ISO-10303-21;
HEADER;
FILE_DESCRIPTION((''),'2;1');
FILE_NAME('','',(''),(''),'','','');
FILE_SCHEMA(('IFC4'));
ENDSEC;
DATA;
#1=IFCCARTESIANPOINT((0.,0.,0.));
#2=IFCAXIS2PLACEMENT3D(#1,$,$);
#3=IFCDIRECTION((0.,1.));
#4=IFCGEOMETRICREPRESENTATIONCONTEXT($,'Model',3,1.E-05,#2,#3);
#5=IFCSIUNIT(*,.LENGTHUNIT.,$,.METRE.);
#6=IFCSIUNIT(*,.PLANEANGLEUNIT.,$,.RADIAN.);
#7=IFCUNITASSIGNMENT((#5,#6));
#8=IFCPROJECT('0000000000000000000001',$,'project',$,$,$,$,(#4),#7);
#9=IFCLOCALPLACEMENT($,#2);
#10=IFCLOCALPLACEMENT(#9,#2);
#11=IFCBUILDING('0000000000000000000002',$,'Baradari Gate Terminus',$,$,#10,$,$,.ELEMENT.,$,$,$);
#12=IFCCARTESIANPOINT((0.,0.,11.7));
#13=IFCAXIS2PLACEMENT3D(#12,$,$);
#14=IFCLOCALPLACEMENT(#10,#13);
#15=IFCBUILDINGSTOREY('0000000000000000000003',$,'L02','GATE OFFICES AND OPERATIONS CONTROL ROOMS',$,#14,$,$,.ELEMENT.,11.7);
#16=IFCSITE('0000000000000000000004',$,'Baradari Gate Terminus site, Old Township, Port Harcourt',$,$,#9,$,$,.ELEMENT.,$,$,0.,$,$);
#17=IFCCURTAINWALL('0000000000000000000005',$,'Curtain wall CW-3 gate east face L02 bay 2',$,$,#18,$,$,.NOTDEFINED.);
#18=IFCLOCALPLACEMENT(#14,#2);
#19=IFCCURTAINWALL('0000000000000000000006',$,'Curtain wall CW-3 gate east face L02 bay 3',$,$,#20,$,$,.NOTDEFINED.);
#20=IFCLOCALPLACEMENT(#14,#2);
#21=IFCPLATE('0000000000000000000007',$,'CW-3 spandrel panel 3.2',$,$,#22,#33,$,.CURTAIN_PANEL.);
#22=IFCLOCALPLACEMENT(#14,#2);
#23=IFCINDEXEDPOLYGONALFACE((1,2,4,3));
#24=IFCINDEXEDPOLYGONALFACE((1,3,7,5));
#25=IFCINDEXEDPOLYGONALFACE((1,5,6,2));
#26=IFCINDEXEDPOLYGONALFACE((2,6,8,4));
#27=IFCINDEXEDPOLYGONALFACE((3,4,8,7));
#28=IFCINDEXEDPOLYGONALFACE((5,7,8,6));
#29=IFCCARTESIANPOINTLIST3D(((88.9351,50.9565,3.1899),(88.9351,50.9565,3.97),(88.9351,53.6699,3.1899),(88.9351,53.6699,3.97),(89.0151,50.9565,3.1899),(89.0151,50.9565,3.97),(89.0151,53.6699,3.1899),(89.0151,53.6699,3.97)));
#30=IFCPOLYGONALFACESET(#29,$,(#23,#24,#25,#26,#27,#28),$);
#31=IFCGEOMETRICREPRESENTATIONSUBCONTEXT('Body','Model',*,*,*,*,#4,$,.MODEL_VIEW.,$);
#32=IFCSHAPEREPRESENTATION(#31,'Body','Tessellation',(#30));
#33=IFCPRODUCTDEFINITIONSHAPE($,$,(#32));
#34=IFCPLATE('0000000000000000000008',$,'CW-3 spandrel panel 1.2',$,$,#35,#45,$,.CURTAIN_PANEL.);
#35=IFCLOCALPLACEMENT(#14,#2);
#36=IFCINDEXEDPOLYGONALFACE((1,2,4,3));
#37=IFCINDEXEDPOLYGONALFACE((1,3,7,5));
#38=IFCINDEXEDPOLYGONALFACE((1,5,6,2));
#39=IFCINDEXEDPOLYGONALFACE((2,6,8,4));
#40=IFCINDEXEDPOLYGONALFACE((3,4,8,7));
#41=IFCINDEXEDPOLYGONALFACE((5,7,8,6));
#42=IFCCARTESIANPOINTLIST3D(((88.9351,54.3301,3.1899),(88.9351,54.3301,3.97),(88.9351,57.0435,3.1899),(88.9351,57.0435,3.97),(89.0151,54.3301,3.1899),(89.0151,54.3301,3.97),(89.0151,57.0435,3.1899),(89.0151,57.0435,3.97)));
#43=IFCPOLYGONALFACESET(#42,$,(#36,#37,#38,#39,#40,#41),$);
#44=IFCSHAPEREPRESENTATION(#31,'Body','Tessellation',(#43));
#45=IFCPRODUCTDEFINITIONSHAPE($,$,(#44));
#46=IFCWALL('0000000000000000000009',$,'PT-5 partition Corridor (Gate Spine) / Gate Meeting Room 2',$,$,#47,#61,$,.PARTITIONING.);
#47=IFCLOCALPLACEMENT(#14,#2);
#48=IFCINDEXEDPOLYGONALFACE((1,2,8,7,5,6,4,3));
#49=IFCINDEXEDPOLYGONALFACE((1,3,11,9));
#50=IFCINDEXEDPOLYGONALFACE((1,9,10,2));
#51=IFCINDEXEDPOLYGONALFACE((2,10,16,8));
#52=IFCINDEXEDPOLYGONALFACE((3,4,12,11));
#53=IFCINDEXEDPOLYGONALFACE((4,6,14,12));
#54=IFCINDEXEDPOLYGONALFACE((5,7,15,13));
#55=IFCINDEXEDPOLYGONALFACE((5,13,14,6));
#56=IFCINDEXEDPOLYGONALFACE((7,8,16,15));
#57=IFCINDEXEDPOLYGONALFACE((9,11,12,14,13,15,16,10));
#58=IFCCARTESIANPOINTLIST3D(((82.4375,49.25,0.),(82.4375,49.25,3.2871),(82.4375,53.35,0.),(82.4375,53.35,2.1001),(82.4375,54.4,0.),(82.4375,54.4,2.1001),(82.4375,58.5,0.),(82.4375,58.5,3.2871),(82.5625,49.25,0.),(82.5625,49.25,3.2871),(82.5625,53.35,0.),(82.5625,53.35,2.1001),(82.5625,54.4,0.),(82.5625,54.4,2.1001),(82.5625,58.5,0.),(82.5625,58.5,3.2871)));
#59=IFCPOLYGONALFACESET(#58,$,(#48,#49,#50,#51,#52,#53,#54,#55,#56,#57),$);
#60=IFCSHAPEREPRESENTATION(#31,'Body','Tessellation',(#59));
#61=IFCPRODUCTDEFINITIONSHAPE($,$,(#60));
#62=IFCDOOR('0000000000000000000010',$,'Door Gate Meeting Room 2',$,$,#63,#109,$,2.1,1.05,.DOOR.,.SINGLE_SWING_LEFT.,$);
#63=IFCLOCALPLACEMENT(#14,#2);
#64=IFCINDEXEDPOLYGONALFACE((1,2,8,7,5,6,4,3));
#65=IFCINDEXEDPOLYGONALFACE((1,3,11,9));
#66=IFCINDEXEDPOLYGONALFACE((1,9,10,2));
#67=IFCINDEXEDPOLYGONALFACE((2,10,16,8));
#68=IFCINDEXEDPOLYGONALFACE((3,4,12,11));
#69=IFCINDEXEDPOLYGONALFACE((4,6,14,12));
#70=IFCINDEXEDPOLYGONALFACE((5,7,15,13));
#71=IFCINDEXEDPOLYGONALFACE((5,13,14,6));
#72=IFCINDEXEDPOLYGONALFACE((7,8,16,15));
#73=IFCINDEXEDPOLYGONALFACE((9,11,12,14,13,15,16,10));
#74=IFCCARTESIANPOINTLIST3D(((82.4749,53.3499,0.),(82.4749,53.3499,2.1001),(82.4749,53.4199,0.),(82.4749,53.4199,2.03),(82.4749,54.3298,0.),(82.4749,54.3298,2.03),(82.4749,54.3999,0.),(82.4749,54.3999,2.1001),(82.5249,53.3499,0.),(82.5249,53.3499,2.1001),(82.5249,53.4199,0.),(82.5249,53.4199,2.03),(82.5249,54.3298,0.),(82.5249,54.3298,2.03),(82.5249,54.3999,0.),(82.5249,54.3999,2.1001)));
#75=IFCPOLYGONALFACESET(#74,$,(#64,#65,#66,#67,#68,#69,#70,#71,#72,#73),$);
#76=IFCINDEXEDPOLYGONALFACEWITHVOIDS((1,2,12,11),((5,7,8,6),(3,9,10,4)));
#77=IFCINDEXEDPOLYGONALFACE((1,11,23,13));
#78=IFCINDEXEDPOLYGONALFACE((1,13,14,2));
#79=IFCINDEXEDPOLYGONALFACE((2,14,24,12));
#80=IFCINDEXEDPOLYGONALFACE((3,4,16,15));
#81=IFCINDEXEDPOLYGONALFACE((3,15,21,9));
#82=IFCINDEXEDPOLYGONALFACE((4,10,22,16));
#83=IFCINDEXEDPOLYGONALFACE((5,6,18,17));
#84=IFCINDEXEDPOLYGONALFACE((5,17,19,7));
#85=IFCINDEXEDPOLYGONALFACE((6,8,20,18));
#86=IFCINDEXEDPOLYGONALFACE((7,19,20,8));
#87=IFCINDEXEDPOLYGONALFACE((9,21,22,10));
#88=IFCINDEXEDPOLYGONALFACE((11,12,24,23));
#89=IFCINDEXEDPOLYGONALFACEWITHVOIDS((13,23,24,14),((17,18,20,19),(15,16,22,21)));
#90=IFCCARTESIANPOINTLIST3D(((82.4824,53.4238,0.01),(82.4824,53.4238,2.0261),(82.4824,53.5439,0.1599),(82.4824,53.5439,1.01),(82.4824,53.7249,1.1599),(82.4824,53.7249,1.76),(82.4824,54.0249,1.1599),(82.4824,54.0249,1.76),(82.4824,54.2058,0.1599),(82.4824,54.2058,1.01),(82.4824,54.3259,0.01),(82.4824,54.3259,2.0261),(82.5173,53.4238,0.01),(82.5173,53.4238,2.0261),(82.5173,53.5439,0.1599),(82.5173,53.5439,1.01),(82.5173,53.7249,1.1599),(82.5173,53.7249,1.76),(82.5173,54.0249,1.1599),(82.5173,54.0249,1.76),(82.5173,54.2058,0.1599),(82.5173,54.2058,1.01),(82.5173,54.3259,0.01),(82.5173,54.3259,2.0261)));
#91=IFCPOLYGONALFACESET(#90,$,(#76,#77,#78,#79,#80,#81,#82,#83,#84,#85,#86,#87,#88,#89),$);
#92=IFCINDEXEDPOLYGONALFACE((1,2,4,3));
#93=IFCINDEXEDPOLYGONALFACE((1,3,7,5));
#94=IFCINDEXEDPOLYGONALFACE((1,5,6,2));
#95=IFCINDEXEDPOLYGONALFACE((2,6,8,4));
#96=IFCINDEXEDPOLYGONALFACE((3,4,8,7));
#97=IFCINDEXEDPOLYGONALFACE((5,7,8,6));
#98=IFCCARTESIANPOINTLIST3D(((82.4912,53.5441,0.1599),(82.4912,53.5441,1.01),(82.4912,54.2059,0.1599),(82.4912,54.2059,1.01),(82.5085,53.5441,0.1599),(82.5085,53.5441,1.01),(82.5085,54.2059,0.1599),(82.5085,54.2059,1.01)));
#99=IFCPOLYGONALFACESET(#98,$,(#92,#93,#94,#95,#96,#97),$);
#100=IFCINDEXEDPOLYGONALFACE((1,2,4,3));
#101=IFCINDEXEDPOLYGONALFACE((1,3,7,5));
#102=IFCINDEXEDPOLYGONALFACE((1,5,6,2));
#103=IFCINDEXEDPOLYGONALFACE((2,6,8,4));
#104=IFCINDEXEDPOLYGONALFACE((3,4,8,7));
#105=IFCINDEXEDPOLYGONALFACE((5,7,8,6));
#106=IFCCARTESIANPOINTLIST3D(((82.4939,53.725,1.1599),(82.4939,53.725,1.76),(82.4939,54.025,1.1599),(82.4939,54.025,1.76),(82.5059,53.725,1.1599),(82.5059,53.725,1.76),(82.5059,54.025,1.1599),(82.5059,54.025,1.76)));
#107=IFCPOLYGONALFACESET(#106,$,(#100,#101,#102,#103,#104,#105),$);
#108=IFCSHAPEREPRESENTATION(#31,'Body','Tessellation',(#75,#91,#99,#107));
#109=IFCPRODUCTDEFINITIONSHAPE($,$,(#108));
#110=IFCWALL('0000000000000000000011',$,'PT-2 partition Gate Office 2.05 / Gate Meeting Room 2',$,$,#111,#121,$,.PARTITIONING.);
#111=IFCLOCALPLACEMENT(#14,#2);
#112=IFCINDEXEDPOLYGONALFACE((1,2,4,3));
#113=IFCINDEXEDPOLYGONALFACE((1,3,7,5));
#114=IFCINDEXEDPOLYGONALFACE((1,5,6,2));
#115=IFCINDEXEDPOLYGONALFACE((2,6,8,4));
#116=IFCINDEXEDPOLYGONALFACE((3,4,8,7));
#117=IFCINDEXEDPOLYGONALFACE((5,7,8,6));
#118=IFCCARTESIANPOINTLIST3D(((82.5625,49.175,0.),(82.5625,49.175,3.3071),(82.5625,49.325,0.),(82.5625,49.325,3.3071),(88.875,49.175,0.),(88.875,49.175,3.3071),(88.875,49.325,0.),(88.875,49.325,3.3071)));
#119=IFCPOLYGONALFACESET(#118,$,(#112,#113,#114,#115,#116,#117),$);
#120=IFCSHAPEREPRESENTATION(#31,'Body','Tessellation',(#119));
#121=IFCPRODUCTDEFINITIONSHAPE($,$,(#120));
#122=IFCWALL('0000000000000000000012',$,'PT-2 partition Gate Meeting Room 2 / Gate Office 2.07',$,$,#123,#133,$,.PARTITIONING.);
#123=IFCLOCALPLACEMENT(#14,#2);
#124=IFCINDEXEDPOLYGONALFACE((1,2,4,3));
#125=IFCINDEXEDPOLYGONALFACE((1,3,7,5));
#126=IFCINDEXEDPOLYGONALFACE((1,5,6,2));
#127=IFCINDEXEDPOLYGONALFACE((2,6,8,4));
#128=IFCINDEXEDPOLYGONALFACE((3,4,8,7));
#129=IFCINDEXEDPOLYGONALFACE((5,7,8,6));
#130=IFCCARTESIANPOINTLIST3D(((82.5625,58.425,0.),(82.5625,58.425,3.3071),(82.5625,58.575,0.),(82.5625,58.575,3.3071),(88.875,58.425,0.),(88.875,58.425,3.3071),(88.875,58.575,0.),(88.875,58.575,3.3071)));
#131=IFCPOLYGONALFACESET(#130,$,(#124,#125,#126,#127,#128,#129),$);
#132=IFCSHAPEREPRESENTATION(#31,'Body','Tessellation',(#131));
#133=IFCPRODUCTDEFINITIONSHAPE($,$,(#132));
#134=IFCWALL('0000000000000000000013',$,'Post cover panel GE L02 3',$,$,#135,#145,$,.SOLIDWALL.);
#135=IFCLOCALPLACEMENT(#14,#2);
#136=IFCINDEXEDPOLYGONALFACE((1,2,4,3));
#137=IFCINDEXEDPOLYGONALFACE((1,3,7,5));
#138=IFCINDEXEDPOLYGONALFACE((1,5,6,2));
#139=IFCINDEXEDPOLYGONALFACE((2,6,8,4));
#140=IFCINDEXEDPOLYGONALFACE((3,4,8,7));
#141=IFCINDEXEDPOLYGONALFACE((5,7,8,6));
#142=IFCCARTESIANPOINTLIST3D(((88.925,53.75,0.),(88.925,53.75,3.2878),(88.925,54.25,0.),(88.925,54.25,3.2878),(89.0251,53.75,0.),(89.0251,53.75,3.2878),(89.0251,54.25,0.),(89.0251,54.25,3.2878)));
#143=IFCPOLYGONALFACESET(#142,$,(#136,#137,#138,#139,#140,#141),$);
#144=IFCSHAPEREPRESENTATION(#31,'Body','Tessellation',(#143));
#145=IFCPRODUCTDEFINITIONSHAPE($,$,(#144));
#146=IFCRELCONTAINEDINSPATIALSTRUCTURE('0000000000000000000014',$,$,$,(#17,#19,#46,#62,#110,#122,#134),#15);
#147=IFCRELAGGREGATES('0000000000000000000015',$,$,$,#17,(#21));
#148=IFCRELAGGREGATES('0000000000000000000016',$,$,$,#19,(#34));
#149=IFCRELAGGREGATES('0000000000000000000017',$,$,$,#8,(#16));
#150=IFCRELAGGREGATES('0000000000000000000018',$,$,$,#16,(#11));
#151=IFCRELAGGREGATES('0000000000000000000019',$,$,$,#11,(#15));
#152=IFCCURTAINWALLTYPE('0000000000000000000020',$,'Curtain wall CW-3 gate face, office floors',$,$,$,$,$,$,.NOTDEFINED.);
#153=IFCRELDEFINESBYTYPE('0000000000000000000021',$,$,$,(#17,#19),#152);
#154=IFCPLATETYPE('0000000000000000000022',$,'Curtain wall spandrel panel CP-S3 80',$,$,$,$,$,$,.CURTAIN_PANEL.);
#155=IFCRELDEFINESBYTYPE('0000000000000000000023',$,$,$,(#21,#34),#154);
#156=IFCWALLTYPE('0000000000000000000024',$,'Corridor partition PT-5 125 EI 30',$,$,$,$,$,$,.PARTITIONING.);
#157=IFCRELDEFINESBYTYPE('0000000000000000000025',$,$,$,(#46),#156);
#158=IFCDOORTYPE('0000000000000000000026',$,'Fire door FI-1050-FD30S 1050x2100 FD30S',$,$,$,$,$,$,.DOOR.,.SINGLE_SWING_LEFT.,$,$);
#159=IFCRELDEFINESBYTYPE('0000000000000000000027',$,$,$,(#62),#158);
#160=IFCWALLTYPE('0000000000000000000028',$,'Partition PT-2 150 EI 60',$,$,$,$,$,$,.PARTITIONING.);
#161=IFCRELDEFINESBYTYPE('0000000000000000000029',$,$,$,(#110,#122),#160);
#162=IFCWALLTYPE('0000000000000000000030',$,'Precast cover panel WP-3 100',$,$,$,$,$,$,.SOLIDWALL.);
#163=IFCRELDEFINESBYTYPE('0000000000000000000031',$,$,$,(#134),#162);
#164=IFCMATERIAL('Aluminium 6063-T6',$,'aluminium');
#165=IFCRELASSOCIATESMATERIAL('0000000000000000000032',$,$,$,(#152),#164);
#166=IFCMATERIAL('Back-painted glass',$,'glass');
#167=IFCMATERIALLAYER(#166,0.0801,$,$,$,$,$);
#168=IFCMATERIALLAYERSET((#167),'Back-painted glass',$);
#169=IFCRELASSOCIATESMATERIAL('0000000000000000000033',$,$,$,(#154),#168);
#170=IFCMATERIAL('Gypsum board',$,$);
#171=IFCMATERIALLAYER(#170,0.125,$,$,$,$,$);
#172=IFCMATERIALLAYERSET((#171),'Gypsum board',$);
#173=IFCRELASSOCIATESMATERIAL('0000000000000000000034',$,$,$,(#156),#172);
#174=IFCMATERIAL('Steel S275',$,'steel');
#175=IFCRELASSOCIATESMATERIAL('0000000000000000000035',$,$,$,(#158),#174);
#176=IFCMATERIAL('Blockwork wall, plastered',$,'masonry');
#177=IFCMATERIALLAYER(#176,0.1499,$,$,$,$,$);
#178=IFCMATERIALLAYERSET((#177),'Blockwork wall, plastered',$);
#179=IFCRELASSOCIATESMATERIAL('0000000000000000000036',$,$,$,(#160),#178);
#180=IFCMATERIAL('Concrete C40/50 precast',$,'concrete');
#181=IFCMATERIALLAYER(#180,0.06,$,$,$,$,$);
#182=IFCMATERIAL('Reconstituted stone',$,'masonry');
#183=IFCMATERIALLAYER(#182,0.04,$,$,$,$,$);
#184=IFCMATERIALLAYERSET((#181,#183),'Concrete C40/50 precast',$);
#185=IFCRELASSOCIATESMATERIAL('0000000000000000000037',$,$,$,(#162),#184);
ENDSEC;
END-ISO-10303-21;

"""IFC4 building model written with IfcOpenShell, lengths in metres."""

from ifc_helpers import new_model, si_unit, direction, frame, frame_2d, origin, origin_2d, place, context, subcontext, project, spatial, polyline, rectangle, outline, extrude, material, layer, layer_set, type_object, element, fill, aggregate, save


model = new_model("IFC4")

# Units and contexts
model_context = context("Model", 3, precision=1e-05, world=origin(), true_north=direction((0.0, 1.0)))
body_context = subcontext(model_context, "Body", "Model", "MODEL_VIEW")
ifc_project = project(units=[si_unit("LENGTHUNIT", "METRE"), si_unit("PLANEANGLEUNIT", "RADIAN")], contexts=[model_context])

# Site, building, storey
site_placement = place(None, origin())
site = spatial("IfcSite", under=ifc_project, at=site_placement, Name="Baradari Gate Terminus site, Old Township, Port Harcourt", CompositionType="ELEMENT", RefElevation=0.0)
building_placement = place(site_placement, origin())
building = spatial("IfcBuilding", under=site, at=building_placement, Name="Baradari Gate Terminus", CompositionType="ELEMENT")
storey_placement = place(building_placement, frame((0.0, 0.0, 11.7)))
storey = spatial("IfcBuildingStorey", under=building, at=storey_placement, Name="L02", Description="GATE OFFICES AND OPERATIONS CONTROL ROOMS", CompositionType="ELEMENT", Elevation=11.7)

# Curtain walls
ifc_material_1 = material(Name="Aluminium 6063-T6", Category="aluminium")
curtain_wall_type = type_object("IfcCurtainWallType", Name="Curtain wall CW-3 gate face, office floors", PredefinedType="NOTDEFINED", material=ifc_material_1)
curtain_wall_1_placement = place(storey_placement, origin())
curtain_wall_1 = element("IfcCurtainWall", 1, at=curtain_wall_1_placement, inside=storey, type_object=curtain_wall_type, Name="Curtain wall CW-3 gate east face L02 bay 2", PredefinedType="NOTDEFINED")
curtain_wall_2_placement = place(storey_placement, origin())
curtain_wall_2 = element("IfcCurtainWall", 2, at=curtain_wall_2_placement, inside=storey, type_object=curtain_wall_type, Name="Curtain wall CW-3 gate east face L02 bay 3", PredefinedType="NOTDEFINED")

# Plates
ifc_material_2 = material(Name="Back-painted glass", Category="glass")
ifc_layer_1 = layer(ifc_material_2, 0.0801)
ifc_layer_set_1 = layer_set([ifc_layer_1], Name="Back-painted glass")
plate_type_1 = type_object("IfcPlateType", Name="Curtain wall spandrel panel CP-S3 80", PredefinedType="CURTAIN_PANEL", material=ifc_layer_set_1)
plate_1_placement = place(storey_placement, frame((88.9751, 52.3132, 3.1899), z_axis=(0.0, 0.0, 1.0), x_axis=(0.0, 1.0, 0.0)))
plate_1 = element("IfcPlate", 3, at=plate_1_placement, type_object=plate_type_1, Name="CW-3 spandrel panel 3.2", PredefinedType="CURTAIN_PANEL", context=body_context, shape_type="SweptSolid", body=[
    extrude(rectangle(XDim=2.7134, YDim=0.0801, at=origin_2d()), origin(), (0.0, 0.0, 1.0), 0.78),
])
aggregate(curtain_wall_1, [plate_1])
plate_2_placement = place(storey_placement, frame((88.9751, 55.6868, 3.1899), z_axis=(0.0, 0.0, 1.0), x_axis=(0.0, 1.0, 0.0)))
plate_2 = element("IfcPlate", 4, at=plate_2_placement, type_object=plate_type_1, Name="CW-3 spandrel panel 1.2", PredefinedType="CURTAIN_PANEL", context=body_context, shape_type="SweptSolid", body=[
    extrude(rectangle(XDim=2.7134, YDim=0.0801, at=origin_2d()), origin(), (0.0, 0.0, 1.0), 0.78),
])
aggregate(curtain_wall_2, [plate_2])

# Wall, opening, door
ifc_material_3 = material(Name="Gypsum board")
ifc_layer_2 = layer(ifc_material_3, 0.125)
ifc_layer_set_2 = layer_set([ifc_layer_2], Name="Gypsum board")
wall_type_1 = type_object("IfcWallType", Name="Corridor partition PT-5 125 EI 30", PredefinedType="PARTITIONING", material=ifc_layer_set_2)
wall_1_placement = place(storey_placement, frame((82.5, 58.5, 0.0), z_axis=(0.0, 0.0, 1.0), x_axis=(0.0, -1.0, 0.0)))
wall_1 = element("IfcWall", 5, at=wall_1_placement, inside=storey, type_object=wall_type_1, Name="PT-5 partition Corridor (Gate Spine) / Gate Meeting Room 2", PredefinedType="PARTITIONING", context=body_context, shape_type="SweptSolid", body=[
    extrude(rectangle(XDim=9.25, YDim=0.125, at=frame_2d((4.625, 0.0))), origin(), (0.0, 0.0, 1.0), 3.2871),
])
opening_placement = place(wall_1_placement, frame((4.1001, 0.0, 0.0)))
opening = element("IfcOpeningElement", 6, at=opening_placement, cuts=wall_1, PredefinedType="OPENING", context=body_context, shape_type="SweptSolid", body=[
    extrude(rectangle(XDim=1.05, YDim=2.1001, at=frame_2d((0.5249, 1.05))), frame((0.0, 0.0725, 0.0), z_axis=(0.0, -1.0, 0.0), x_axis=(1.0, 0.0, 0.0)), (0.0, 0.0, 1.0), 0.145),
])
ifc_material_4 = material(Name="Steel S275", Category="steel")
door_type = type_object("IfcDoorType", Name="Fire door FI-1050-FD30S 1050x2100 FD30S", OperationType="SINGLE_SWING_LEFT", PredefinedType="DOOR", material=ifc_material_4)
door_placement = place(opening_placement, origin())
door = element("IfcDoor", 7, at=door_placement, inside=storey, type_object=door_type, Name="Door Gate Meeting Room 2", OperationType="SINGLE_SWING_LEFT", OverallHeight=2.1, OverallWidth=1.05, PredefinedType="DOOR", context=body_context, shape_type="SweptSolid", body=[
    extrude(outline(polyline([(0.0, 0.0), (0.0701, 0.0), (0.0701, 2.03), (0.98, 2.03), (0.98, 0.0), (1.05, 0.0), (1.05, 2.1001), (0.0, 2.1001), (0.0, 0.0)])), frame((0.0, 0.0249, 0.0), z_axis=(0.0, -1.0, 0.0), x_axis=(1.0, 0.0, 0.0)), (0.0, 0.0, 1.0), 0.05),
    extrude(outline(polyline([(0.074, 0.01), (0.9761, 0.01), (0.9761, 2.0261), (0.074, 2.0261), (0.074, 0.01)]), holes=[polyline([(0.1941, 0.1599), (0.856, 0.1599), (0.856, 1.01), (0.1941, 1.01), (0.1941, 0.1599)]), polyline([(0.375, 1.1599), (0.675, 1.1599), (0.675, 1.76), (0.375, 1.76), (0.375, 1.1599)])]), frame((0.0, 0.0173, 0.0), z_axis=(0.0, -1.0, 0.0), x_axis=(1.0, 0.0, 0.0)), (0.0, 0.0, 1.0), 0.0349),
    extrude(rectangle(XDim=0.6619, YDim=0.8501, at=frame_2d((0.5249, 0.585))), frame((0.0, 0.0085, 0.0), z_axis=(0.0, -1.0, 0.0), x_axis=(1.0, 0.0, 0.0)), (0.0, 0.0, 1.0), 0.0173),
    extrude(rectangle(XDim=0.3, YDim=0.6001, at=frame_2d((0.5249, 1.46))), frame((0.0, 0.0059, 0.0), z_axis=(0.0, -1.0, 0.0), x_axis=(1.0, 0.0, 0.0)), (0.0, 0.0, 1.0), 0.012),
])
fill(opening, door)

# Walls
ifc_material_5 = material(Name="Blockwork wall, plastered", Category="masonry")
ifc_layer_3 = layer(ifc_material_5, 0.1499)
ifc_layer_set_3 = layer_set([ifc_layer_3], Name="Blockwork wall, plastered")
wall_type_2 = type_object("IfcWallType", Name="Partition PT-2 150 EI 60", PredefinedType="PARTITIONING", material=ifc_layer_set_3)
for number, where, z_axis, x_axis, name in (
    (8, (82.5625, 49.25, 0.0), (0.0, 0.0, 1.0), (1.0, 0.0, 0.0), "PT-2 partition Gate Office 2.05 / Gate Meeting Room 2"),
    (9, (82.5625, 58.5, 0.0), (0.0, 0.0, 1.0), (1.0, 0.0, 0.0), "PT-2 partition Gate Meeting Room 2 / Gate Office 2.07"),
):
    element("IfcWall", number, at=place(storey_placement, frame(where, z_axis=z_axis, x_axis=x_axis)), inside=storey, type_object=wall_type_2, Name=name, PredefinedType="PARTITIONING", context=body_context, shape_type="SweptSolid", body=[
        extrude(rectangle(XDim=6.3125, YDim=0.1499, at=frame_2d((3.1562, 0.0))), origin(), (0.0, 0.0, 1.0), 3.3071),
    ])
ifc_material_6 = material(Name="Concrete C40/50 precast", Category="concrete")
ifc_layer_4 = layer(ifc_material_6, 0.06)
ifc_material_7 = material(Name="Reconstituted stone", Category="masonry")
ifc_layer_5 = layer(ifc_material_7, 0.04)
ifc_layer_set_4 = layer_set([ifc_layer_4, ifc_layer_5], Name="Concrete C40/50 precast")
wall_type_3 = type_object("IfcWallType", Name="Precast cover panel WP-3 100", PredefinedType="SOLIDWALL", material=ifc_layer_set_4)
wall_2_placement = place(storey_placement, frame((88.9751, 53.75, 0.0), z_axis=(0.0, 0.0, 1.0), x_axis=(0.0, 1.0, 0.0)))
element("IfcWall", 10, at=wall_2_placement, inside=storey, type_object=wall_type_3, Name="Post cover panel GE L02 3", PredefinedType="SOLIDWALL", context=body_context, shape_type="SweptSolid", body=[
    extrude(rectangle(XDim=0.5, YDim=0.1001, at=frame_2d((0.25, 0.0))), origin(), (0.0, 0.0, 1.0), 3.2878),
])

save(model, "model.ifc")
